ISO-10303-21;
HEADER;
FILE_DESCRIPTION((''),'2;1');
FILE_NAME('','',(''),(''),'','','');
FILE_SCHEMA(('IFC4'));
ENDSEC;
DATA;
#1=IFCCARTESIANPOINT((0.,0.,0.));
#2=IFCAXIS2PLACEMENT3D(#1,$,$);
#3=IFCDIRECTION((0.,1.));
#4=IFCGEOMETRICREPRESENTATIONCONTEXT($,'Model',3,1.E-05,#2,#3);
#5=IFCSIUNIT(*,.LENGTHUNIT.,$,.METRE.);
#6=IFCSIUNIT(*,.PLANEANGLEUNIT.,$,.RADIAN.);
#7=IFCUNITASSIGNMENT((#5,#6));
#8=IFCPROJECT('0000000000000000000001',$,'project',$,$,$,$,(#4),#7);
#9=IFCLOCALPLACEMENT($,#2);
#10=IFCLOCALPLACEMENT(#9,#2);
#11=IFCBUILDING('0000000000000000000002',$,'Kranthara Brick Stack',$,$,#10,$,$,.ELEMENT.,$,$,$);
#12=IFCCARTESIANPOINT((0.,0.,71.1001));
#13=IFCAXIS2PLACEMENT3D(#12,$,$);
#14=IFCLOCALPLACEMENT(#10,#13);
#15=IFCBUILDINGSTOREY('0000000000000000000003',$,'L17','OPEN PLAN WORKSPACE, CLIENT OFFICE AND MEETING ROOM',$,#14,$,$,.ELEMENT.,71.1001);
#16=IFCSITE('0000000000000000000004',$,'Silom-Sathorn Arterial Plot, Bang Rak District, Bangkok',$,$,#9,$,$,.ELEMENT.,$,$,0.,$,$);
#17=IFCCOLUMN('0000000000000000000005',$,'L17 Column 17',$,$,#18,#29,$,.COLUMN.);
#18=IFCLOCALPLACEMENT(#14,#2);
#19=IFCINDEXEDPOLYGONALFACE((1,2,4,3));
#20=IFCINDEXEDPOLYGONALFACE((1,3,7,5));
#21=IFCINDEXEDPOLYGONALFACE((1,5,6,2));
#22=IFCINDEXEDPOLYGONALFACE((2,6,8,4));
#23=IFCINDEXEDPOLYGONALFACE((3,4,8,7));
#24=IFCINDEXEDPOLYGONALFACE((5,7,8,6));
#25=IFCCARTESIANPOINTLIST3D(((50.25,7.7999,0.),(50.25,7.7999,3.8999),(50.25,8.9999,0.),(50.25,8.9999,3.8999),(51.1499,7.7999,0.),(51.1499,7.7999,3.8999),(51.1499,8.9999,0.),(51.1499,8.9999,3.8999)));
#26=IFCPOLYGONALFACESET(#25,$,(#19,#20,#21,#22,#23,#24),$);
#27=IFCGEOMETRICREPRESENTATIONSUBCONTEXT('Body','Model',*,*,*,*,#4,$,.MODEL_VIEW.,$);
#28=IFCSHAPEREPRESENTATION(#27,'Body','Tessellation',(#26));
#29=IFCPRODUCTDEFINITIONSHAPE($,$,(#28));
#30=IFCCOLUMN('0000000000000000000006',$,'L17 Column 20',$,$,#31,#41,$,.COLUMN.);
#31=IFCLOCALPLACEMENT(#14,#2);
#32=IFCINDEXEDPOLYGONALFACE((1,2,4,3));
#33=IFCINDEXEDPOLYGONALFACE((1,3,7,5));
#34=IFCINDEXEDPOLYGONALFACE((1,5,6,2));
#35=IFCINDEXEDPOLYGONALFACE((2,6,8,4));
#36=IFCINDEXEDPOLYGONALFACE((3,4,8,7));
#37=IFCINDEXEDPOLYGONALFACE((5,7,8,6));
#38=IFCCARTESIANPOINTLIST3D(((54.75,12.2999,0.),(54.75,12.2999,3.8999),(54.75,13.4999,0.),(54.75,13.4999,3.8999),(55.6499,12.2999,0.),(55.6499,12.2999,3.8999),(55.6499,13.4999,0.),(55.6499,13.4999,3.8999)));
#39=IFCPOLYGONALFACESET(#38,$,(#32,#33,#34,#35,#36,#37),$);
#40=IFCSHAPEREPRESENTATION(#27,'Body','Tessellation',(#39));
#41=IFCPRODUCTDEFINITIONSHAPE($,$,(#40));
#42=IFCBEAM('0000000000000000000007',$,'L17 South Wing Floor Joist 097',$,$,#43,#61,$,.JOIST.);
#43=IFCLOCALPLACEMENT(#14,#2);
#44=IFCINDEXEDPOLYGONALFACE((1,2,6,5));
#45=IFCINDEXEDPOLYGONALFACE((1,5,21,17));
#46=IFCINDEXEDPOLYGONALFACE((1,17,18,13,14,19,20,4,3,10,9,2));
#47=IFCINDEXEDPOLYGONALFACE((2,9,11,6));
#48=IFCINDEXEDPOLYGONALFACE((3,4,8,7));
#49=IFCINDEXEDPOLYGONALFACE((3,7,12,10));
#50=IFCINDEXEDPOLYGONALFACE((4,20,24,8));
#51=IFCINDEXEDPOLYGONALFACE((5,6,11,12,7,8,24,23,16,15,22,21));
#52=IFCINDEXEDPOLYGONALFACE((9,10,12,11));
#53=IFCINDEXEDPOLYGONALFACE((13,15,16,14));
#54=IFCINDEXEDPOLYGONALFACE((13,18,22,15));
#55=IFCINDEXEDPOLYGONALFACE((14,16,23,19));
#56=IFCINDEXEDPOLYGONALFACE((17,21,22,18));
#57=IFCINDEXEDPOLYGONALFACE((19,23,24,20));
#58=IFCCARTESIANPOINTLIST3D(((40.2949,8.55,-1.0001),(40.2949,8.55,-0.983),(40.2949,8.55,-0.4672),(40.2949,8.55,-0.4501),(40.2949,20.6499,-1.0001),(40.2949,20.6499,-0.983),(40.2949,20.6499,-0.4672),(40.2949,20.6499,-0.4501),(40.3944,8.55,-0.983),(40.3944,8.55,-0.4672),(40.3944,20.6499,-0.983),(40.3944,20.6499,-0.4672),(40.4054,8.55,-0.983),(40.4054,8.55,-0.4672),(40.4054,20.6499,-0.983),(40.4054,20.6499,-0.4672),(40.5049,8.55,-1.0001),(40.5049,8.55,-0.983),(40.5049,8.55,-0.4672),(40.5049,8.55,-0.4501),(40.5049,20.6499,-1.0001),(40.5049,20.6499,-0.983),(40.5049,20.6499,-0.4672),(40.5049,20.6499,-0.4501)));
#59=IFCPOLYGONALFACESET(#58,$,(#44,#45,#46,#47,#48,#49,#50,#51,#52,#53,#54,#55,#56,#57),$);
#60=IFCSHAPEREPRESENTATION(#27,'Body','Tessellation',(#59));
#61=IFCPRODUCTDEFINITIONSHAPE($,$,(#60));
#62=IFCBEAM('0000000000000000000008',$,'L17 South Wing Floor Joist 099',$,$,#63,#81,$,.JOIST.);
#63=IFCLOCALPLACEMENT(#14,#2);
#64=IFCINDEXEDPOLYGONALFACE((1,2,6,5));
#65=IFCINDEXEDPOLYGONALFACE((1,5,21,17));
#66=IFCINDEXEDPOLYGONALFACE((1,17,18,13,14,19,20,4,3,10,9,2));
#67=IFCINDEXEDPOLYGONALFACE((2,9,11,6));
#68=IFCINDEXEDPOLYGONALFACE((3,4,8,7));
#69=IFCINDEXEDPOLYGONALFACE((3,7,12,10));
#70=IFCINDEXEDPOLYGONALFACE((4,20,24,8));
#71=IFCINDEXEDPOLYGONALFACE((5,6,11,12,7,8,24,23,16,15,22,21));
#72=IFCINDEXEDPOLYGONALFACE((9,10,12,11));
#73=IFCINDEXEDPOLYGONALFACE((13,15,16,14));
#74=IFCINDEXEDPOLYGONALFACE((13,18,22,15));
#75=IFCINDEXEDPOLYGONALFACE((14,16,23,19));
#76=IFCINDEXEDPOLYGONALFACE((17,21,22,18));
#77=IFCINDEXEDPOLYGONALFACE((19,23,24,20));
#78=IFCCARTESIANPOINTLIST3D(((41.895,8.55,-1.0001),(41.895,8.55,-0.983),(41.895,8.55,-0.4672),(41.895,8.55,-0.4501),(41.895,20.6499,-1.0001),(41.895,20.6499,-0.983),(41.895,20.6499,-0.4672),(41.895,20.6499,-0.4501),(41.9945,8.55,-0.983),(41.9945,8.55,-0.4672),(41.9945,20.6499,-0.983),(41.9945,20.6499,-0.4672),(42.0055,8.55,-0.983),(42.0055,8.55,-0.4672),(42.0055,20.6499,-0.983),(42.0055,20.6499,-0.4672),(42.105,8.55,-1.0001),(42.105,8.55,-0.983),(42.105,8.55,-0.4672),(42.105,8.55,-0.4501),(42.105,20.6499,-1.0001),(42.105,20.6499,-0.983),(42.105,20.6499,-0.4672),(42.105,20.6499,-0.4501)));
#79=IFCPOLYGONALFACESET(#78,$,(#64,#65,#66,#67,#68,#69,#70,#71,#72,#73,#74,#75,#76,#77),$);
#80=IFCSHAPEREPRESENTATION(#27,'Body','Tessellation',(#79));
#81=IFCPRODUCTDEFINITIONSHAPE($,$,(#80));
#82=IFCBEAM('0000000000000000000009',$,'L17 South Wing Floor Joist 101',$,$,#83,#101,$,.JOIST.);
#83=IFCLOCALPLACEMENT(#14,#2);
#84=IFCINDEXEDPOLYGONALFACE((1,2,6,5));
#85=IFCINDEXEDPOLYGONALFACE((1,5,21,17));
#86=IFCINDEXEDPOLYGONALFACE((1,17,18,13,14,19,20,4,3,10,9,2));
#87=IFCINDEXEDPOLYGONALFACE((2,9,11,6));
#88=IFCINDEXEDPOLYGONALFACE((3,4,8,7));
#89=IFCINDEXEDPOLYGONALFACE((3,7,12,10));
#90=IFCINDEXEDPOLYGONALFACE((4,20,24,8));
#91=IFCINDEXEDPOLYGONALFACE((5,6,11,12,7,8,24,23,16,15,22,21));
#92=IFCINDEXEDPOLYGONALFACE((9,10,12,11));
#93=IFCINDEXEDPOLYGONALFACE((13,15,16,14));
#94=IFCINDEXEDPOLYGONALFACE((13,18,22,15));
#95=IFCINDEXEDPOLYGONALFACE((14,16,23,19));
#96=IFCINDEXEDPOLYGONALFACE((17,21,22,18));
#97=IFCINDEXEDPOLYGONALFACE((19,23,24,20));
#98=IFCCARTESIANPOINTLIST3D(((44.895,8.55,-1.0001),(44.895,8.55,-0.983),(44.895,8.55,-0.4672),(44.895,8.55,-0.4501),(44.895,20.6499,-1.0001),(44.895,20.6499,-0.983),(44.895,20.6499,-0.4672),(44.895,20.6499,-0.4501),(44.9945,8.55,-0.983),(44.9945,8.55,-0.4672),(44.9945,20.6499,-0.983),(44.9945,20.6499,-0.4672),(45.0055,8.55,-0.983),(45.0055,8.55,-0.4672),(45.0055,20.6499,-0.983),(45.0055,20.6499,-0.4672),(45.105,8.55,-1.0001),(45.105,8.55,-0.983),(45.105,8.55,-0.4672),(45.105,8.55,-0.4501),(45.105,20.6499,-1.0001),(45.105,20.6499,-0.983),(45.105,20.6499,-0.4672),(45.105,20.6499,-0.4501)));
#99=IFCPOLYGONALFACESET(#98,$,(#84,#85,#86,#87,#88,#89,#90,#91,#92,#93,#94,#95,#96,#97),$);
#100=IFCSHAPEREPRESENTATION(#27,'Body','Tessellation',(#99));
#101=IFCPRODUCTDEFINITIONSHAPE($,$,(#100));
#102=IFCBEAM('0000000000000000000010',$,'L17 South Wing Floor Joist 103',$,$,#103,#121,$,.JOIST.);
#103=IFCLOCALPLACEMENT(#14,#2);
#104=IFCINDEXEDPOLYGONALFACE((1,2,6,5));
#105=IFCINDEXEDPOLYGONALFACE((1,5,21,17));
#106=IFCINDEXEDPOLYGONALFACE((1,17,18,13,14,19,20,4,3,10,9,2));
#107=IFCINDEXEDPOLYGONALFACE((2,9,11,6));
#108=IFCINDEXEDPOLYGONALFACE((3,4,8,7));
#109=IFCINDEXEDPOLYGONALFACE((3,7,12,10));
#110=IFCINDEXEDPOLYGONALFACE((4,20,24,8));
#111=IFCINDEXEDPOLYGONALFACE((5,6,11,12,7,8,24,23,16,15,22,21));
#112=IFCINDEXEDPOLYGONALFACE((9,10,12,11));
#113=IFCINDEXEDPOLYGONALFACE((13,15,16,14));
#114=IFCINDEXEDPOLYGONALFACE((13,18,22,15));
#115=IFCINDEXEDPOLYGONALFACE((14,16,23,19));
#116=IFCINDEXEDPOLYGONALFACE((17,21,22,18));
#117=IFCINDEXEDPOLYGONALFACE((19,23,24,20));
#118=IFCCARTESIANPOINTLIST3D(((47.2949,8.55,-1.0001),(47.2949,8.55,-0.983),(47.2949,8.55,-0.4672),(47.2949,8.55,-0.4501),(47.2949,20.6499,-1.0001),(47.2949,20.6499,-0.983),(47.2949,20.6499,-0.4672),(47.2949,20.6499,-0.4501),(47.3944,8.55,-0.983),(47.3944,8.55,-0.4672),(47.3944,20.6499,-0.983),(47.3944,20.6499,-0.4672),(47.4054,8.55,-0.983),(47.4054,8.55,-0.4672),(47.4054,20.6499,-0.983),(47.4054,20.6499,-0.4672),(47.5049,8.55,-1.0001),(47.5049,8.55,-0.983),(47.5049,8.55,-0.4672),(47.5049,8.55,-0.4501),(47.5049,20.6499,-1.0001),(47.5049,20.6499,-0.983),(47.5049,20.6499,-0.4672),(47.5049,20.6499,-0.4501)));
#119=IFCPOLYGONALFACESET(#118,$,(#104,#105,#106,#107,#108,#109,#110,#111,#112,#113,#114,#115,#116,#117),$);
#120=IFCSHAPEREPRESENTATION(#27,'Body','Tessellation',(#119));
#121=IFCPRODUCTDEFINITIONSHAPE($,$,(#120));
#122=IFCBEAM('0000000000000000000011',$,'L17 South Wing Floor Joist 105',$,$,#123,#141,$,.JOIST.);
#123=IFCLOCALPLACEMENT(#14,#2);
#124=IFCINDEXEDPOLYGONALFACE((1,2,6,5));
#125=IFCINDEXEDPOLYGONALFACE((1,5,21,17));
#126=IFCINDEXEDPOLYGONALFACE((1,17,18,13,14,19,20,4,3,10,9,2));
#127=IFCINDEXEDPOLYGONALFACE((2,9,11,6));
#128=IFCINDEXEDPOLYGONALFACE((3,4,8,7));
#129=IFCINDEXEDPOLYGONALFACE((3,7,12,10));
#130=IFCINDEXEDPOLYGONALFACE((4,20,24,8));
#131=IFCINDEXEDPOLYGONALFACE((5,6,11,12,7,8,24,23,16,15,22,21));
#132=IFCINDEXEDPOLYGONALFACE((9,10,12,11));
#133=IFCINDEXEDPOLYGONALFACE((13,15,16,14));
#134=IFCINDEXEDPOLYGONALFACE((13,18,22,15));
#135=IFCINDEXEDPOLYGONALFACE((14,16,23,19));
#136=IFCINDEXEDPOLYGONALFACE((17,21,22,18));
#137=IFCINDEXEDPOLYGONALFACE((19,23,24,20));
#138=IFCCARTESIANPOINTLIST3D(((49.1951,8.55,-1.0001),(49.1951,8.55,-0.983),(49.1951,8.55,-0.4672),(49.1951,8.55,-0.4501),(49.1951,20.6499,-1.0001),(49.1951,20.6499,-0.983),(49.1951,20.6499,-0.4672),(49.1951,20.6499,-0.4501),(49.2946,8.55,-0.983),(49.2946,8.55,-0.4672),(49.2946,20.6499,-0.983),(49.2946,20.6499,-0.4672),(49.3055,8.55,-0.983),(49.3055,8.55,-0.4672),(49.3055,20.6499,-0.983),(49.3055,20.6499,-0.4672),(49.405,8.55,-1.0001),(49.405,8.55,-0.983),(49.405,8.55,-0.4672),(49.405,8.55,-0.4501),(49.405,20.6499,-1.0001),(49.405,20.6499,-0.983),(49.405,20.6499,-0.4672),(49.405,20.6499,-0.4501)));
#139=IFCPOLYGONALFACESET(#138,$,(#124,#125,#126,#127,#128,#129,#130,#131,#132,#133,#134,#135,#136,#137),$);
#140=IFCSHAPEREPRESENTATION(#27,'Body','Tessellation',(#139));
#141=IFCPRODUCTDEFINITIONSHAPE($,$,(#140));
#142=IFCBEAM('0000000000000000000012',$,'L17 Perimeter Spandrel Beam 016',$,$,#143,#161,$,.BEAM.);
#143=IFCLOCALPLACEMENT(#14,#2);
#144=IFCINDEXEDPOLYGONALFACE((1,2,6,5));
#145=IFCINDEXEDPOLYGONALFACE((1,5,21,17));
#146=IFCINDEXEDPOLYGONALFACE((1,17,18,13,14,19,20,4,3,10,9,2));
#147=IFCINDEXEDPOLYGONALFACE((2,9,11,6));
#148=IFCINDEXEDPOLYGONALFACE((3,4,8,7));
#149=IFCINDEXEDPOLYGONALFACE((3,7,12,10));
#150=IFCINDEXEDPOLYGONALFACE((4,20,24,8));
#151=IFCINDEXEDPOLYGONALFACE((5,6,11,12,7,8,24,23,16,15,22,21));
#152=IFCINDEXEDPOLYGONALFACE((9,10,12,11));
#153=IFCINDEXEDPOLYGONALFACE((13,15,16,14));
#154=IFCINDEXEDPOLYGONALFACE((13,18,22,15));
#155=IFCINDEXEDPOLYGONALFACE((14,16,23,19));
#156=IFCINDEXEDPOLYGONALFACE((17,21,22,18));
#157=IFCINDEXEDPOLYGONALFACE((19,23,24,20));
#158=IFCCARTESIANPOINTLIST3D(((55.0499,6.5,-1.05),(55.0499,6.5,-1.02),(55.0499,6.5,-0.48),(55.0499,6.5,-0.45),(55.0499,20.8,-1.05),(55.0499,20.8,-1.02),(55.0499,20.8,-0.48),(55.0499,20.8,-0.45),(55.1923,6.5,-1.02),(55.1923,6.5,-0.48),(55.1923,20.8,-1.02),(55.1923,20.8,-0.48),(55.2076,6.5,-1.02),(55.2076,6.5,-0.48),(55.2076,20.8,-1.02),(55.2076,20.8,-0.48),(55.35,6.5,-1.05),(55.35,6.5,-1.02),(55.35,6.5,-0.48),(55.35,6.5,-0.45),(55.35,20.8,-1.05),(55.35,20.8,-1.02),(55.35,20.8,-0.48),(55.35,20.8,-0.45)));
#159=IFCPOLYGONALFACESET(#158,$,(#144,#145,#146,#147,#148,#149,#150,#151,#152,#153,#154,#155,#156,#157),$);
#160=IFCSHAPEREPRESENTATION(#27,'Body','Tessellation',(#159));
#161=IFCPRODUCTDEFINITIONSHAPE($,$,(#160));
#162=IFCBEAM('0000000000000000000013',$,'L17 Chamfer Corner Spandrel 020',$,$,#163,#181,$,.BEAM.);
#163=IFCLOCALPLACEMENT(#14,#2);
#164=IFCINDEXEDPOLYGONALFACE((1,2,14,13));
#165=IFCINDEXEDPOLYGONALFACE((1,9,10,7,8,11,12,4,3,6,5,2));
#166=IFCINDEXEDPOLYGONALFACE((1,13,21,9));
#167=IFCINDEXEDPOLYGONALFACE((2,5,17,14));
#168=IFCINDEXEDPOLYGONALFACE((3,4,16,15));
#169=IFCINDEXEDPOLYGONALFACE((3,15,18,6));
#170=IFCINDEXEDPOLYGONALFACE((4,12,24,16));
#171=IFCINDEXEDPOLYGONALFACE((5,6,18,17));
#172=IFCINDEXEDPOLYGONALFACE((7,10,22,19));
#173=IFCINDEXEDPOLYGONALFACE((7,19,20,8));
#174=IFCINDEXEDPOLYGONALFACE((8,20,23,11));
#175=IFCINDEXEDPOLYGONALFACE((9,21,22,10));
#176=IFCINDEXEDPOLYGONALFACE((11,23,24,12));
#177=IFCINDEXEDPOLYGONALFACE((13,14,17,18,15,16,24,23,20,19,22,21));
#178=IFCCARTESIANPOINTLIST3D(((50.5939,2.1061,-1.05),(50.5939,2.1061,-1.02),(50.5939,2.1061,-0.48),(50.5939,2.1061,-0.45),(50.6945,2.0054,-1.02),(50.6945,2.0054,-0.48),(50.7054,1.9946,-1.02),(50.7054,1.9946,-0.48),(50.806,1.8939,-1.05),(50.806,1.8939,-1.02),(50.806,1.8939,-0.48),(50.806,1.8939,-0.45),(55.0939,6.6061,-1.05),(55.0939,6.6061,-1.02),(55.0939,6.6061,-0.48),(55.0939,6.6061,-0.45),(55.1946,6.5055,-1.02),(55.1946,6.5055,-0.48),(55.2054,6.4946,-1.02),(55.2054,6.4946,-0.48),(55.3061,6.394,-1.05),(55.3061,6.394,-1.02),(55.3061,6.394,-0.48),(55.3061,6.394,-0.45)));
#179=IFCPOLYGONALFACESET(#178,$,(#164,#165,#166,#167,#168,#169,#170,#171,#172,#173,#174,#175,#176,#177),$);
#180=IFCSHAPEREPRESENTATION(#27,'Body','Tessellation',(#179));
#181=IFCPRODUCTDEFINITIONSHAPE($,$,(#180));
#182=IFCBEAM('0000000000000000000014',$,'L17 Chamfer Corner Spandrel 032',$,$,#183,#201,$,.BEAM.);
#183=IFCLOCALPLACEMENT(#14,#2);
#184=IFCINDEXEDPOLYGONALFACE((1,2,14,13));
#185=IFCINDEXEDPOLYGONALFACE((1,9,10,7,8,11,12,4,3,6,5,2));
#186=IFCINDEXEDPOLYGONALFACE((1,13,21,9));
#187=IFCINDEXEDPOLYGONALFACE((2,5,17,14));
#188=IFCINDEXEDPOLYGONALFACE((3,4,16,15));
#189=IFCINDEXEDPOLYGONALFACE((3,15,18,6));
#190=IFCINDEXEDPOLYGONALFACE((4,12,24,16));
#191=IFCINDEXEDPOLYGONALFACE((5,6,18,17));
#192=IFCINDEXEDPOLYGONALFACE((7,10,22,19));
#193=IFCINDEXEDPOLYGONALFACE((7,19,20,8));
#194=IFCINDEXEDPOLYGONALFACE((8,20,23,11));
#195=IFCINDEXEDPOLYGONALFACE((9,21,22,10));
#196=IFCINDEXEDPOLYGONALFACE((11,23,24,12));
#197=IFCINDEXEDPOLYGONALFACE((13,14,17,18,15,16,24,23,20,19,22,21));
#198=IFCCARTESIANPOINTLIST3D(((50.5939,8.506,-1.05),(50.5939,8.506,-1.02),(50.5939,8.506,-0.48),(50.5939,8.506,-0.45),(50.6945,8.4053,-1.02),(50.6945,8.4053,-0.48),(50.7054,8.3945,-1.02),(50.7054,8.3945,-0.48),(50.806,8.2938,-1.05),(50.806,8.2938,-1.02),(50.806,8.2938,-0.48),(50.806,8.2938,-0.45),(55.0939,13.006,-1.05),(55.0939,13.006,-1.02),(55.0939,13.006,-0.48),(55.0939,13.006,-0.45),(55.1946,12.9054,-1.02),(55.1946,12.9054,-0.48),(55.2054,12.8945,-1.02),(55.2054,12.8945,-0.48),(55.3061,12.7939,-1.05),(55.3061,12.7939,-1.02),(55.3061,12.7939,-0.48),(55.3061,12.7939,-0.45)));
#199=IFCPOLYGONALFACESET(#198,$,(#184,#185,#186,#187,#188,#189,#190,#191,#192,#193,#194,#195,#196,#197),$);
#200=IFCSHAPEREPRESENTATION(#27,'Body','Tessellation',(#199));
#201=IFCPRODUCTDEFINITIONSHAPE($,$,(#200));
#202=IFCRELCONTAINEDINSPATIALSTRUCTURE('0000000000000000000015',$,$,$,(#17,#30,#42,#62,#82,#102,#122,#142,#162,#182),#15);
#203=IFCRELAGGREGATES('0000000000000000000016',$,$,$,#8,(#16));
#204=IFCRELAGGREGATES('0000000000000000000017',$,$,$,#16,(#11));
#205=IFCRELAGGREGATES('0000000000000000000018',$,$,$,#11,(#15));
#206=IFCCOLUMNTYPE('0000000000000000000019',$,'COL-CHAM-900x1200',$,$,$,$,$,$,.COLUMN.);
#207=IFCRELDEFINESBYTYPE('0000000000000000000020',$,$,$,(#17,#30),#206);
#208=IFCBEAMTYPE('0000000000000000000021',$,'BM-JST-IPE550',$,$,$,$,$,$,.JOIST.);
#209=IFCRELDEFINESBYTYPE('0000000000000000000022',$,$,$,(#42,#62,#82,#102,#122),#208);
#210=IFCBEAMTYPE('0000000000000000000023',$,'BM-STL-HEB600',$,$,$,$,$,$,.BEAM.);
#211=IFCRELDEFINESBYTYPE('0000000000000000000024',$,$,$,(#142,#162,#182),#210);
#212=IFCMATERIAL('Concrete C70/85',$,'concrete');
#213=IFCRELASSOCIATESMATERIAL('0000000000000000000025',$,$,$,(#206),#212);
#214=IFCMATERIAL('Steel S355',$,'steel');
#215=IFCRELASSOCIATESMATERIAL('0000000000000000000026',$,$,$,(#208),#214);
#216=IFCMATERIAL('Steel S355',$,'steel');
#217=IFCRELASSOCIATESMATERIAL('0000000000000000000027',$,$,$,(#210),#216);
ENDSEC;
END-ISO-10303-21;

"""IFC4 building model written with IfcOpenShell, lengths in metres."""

from ifc_helpers import new_model, si_unit, direction, frame, origin, origin_2d, place, context, subcontext, project, spatial, rectangle, i_section, extrude, material, material_profile, profile_set, type_object, element, save


model = new_model("IFC4")

# Units and contexts
model_context = context("Model", 3, precision=1e-05, world=origin(), true_north=direction((0.0, 1.0)))
body_context = subcontext(model_context, "Body", "Model", "MODEL_VIEW")
ifc_project = project(units=[si_unit("LENGTHUNIT", "METRE"), si_unit("PLANEANGLEUNIT", "RADIAN")], contexts=[model_context])

# Site, building, storey
site_placement = place(None, origin())
site = spatial("IfcSite", under=ifc_project, at=site_placement, Name="Silom-Sathorn Arterial Plot, Bang Rak District, Bangkok", CompositionType="ELEMENT", RefElevation=0.0)
building_placement = place(site_placement, origin())
building = spatial("IfcBuilding", under=site, at=building_placement, Name="Kranthara Brick Stack", CompositionType="ELEMENT")
storey_placement = place(building_placement, frame((0.0, 0.0, 71.1001)))
storey = spatial("IfcBuildingStorey", under=building, at=storey_placement, Name="L17", Description="OPEN PLAN WORKSPACE, CLIENT OFFICE AND MEETING ROOM", CompositionType="ELEMENT", Elevation=71.1001)

# Columns
ifc_material_1 = material(Name="Concrete C70/85", Category="concrete")
ifc_material_profile_1 = material_profile(ifc_material_1, rectangle(XDim=0.8999, YDim=1.2, at=origin_2d()), Name="RC 900x1200")
ifc_profile_set_1 = profile_set([ifc_material_profile_1], Name="Concrete C70/85")
column_type = type_object("IfcColumnType", Name="COL-CHAM-900x1200", PredefinedType="COLUMN", material=ifc_profile_set_1)
for number, where, z_axis, x_axis, name in (
    (1, (50.7, 8.3999, 0.0), (0.0, 0.0, 1.0), (1.0, 0.0, 0.0), "L17 Column 17"),
    (2, (55.2, 12.8999, 0.0), (0.0, 0.0, 1.0), (1.0, 0.0, 0.0), "L17 Column 20"),
):
    element("IfcColumn", number, at=place(storey_placement, frame(where, z_axis=z_axis, x_axis=x_axis)), inside=storey, type_object=column_type, Name=name, PredefinedType="COLUMN", context=body_context, shape_type="SweptSolid", body=[
        extrude(rectangle(XDim=0.8999, YDim=1.2, at=origin_2d()), origin(), (0.0, 0.0, 1.0), 3.8999),
    ])

# Beams
ifc_material_2 = material(Name="Steel S355", Category="steel")
ifc_material_profile_2 = material_profile(ifc_material_2, i_section(OverallWidth=0.21, OverallDepth=0.55, WebThickness=0.011, FlangeThickness=0.0171, at=origin_2d()), Name="IPE 550")
ifc_profile_set_2 = profile_set([ifc_material_profile_2], Name="Steel S355")
beam_type_1 = type_object("IfcBeamType", Name="BM-JST-IPE550", PredefinedType="JOIST", material=ifc_profile_set_2)
for number, where, z_axis, x_axis, name in (
    (3, (40.3999, 8.55, -0.7251), (0.0, 1.0, 0.0), (-1.0, 0.0, 0.0), "L17 South Wing Floor Joist 097"),
    (4, (42.0, 8.55, -0.7251), (0.0, 1.0, 0.0), (-1.0, 0.0, 0.0), "L17 South Wing Floor Joist 099"),
    (5, (45.0, 8.55, -0.7251), (0.0, 1.0, 0.0), (-1.0, 0.0, 0.0), "L17 South Wing Floor Joist 101"),
    (6, (47.3999, 8.55, -0.7251), (0.0, 1.0, 0.0), (-1.0, 0.0, 0.0), "L17 South Wing Floor Joist 103"),
    (7, (49.3, 8.55, -0.7251), (0.0, 1.0, 0.0), (-1.0, 0.0, 0.0), "L17 South Wing Floor Joist 105"),
):
    element("IfcBeam", number, at=place(storey_placement, frame(where, z_axis=z_axis, x_axis=x_axis)), inside=storey, type_object=beam_type_1, Name=name, PredefinedType="JOIST", context=body_context, shape_type="SweptSolid", body=[
        extrude(i_section(OverallWidth=0.21, OverallDepth=0.55, WebThickness=0.011, FlangeThickness=0.0171, at=origin_2d()), origin(), (0.0, 0.0, 1.0), 12.0999),
    ])
ifc_material_3 = material(Name="Steel S355", Category="steel")
ifc_material_profile_3 = material_profile(ifc_material_3, i_section(OverallWidth=0.3, OverallDepth=0.6001, WebThickness=0.0154, FlangeThickness=0.03, at=origin_2d()), Name="HEB 600")
ifc_profile_set_3 = profile_set([ifc_material_profile_3], Name="Steel S355")
beam_type_2 = type_object("IfcBeamType", Name="BM-STL-HEB600", PredefinedType="BEAM", material=ifc_profile_set_3)
beam_1_placement = place(storey_placement, frame((55.2, 6.5, -0.75), z_axis=(0.0, 1.0, 0.0), x_axis=(-1.0, 0.0, 0.0)))
element("IfcBeam", 8, at=beam_1_placement, inside=storey, type_object=beam_type_2, Name="L17 Perimeter Spandrel Beam 016", PredefinedType="BEAM", context=body_context, shape_type="SweptSolid", body=[
    extrude(i_section(OverallWidth=0.3, OverallDepth=0.6001, WebThickness=0.0154, FlangeThickness=0.03, at=origin_2d()), origin(), (0.0, 0.0, 1.0), 14.3),
])
for number, where, z_axis, x_axis, name in (
    (9, (50.7, 2.0, -0.75), (0.707107, 0.707107, 0.0), (-0.707107, 0.707107, 0.0), "L17 Chamfer Corner Spandrel 020"),
    (10, (50.7, 8.3999, -0.75), (0.707107, 0.707107, 0.0), (-0.707107, 0.707107, 0.0), "L17 Chamfer Corner Spandrel 032"),
):
    element("IfcBeam", number, at=place(storey_placement, frame(where, z_axis=z_axis, x_axis=x_axis)), inside=storey, type_object=beam_type_2, Name=name, PredefinedType="BEAM", context=body_context, shape_type="SweptSolid", body=[
        extrude(i_section(OverallWidth=0.3, OverallDepth=0.6001, WebThickness=0.0154, FlangeThickness=0.03, at=origin_2d()), origin(), (0.0, 0.0, 1.0), 6.364),
    ])

save(model, "model.ifc")
